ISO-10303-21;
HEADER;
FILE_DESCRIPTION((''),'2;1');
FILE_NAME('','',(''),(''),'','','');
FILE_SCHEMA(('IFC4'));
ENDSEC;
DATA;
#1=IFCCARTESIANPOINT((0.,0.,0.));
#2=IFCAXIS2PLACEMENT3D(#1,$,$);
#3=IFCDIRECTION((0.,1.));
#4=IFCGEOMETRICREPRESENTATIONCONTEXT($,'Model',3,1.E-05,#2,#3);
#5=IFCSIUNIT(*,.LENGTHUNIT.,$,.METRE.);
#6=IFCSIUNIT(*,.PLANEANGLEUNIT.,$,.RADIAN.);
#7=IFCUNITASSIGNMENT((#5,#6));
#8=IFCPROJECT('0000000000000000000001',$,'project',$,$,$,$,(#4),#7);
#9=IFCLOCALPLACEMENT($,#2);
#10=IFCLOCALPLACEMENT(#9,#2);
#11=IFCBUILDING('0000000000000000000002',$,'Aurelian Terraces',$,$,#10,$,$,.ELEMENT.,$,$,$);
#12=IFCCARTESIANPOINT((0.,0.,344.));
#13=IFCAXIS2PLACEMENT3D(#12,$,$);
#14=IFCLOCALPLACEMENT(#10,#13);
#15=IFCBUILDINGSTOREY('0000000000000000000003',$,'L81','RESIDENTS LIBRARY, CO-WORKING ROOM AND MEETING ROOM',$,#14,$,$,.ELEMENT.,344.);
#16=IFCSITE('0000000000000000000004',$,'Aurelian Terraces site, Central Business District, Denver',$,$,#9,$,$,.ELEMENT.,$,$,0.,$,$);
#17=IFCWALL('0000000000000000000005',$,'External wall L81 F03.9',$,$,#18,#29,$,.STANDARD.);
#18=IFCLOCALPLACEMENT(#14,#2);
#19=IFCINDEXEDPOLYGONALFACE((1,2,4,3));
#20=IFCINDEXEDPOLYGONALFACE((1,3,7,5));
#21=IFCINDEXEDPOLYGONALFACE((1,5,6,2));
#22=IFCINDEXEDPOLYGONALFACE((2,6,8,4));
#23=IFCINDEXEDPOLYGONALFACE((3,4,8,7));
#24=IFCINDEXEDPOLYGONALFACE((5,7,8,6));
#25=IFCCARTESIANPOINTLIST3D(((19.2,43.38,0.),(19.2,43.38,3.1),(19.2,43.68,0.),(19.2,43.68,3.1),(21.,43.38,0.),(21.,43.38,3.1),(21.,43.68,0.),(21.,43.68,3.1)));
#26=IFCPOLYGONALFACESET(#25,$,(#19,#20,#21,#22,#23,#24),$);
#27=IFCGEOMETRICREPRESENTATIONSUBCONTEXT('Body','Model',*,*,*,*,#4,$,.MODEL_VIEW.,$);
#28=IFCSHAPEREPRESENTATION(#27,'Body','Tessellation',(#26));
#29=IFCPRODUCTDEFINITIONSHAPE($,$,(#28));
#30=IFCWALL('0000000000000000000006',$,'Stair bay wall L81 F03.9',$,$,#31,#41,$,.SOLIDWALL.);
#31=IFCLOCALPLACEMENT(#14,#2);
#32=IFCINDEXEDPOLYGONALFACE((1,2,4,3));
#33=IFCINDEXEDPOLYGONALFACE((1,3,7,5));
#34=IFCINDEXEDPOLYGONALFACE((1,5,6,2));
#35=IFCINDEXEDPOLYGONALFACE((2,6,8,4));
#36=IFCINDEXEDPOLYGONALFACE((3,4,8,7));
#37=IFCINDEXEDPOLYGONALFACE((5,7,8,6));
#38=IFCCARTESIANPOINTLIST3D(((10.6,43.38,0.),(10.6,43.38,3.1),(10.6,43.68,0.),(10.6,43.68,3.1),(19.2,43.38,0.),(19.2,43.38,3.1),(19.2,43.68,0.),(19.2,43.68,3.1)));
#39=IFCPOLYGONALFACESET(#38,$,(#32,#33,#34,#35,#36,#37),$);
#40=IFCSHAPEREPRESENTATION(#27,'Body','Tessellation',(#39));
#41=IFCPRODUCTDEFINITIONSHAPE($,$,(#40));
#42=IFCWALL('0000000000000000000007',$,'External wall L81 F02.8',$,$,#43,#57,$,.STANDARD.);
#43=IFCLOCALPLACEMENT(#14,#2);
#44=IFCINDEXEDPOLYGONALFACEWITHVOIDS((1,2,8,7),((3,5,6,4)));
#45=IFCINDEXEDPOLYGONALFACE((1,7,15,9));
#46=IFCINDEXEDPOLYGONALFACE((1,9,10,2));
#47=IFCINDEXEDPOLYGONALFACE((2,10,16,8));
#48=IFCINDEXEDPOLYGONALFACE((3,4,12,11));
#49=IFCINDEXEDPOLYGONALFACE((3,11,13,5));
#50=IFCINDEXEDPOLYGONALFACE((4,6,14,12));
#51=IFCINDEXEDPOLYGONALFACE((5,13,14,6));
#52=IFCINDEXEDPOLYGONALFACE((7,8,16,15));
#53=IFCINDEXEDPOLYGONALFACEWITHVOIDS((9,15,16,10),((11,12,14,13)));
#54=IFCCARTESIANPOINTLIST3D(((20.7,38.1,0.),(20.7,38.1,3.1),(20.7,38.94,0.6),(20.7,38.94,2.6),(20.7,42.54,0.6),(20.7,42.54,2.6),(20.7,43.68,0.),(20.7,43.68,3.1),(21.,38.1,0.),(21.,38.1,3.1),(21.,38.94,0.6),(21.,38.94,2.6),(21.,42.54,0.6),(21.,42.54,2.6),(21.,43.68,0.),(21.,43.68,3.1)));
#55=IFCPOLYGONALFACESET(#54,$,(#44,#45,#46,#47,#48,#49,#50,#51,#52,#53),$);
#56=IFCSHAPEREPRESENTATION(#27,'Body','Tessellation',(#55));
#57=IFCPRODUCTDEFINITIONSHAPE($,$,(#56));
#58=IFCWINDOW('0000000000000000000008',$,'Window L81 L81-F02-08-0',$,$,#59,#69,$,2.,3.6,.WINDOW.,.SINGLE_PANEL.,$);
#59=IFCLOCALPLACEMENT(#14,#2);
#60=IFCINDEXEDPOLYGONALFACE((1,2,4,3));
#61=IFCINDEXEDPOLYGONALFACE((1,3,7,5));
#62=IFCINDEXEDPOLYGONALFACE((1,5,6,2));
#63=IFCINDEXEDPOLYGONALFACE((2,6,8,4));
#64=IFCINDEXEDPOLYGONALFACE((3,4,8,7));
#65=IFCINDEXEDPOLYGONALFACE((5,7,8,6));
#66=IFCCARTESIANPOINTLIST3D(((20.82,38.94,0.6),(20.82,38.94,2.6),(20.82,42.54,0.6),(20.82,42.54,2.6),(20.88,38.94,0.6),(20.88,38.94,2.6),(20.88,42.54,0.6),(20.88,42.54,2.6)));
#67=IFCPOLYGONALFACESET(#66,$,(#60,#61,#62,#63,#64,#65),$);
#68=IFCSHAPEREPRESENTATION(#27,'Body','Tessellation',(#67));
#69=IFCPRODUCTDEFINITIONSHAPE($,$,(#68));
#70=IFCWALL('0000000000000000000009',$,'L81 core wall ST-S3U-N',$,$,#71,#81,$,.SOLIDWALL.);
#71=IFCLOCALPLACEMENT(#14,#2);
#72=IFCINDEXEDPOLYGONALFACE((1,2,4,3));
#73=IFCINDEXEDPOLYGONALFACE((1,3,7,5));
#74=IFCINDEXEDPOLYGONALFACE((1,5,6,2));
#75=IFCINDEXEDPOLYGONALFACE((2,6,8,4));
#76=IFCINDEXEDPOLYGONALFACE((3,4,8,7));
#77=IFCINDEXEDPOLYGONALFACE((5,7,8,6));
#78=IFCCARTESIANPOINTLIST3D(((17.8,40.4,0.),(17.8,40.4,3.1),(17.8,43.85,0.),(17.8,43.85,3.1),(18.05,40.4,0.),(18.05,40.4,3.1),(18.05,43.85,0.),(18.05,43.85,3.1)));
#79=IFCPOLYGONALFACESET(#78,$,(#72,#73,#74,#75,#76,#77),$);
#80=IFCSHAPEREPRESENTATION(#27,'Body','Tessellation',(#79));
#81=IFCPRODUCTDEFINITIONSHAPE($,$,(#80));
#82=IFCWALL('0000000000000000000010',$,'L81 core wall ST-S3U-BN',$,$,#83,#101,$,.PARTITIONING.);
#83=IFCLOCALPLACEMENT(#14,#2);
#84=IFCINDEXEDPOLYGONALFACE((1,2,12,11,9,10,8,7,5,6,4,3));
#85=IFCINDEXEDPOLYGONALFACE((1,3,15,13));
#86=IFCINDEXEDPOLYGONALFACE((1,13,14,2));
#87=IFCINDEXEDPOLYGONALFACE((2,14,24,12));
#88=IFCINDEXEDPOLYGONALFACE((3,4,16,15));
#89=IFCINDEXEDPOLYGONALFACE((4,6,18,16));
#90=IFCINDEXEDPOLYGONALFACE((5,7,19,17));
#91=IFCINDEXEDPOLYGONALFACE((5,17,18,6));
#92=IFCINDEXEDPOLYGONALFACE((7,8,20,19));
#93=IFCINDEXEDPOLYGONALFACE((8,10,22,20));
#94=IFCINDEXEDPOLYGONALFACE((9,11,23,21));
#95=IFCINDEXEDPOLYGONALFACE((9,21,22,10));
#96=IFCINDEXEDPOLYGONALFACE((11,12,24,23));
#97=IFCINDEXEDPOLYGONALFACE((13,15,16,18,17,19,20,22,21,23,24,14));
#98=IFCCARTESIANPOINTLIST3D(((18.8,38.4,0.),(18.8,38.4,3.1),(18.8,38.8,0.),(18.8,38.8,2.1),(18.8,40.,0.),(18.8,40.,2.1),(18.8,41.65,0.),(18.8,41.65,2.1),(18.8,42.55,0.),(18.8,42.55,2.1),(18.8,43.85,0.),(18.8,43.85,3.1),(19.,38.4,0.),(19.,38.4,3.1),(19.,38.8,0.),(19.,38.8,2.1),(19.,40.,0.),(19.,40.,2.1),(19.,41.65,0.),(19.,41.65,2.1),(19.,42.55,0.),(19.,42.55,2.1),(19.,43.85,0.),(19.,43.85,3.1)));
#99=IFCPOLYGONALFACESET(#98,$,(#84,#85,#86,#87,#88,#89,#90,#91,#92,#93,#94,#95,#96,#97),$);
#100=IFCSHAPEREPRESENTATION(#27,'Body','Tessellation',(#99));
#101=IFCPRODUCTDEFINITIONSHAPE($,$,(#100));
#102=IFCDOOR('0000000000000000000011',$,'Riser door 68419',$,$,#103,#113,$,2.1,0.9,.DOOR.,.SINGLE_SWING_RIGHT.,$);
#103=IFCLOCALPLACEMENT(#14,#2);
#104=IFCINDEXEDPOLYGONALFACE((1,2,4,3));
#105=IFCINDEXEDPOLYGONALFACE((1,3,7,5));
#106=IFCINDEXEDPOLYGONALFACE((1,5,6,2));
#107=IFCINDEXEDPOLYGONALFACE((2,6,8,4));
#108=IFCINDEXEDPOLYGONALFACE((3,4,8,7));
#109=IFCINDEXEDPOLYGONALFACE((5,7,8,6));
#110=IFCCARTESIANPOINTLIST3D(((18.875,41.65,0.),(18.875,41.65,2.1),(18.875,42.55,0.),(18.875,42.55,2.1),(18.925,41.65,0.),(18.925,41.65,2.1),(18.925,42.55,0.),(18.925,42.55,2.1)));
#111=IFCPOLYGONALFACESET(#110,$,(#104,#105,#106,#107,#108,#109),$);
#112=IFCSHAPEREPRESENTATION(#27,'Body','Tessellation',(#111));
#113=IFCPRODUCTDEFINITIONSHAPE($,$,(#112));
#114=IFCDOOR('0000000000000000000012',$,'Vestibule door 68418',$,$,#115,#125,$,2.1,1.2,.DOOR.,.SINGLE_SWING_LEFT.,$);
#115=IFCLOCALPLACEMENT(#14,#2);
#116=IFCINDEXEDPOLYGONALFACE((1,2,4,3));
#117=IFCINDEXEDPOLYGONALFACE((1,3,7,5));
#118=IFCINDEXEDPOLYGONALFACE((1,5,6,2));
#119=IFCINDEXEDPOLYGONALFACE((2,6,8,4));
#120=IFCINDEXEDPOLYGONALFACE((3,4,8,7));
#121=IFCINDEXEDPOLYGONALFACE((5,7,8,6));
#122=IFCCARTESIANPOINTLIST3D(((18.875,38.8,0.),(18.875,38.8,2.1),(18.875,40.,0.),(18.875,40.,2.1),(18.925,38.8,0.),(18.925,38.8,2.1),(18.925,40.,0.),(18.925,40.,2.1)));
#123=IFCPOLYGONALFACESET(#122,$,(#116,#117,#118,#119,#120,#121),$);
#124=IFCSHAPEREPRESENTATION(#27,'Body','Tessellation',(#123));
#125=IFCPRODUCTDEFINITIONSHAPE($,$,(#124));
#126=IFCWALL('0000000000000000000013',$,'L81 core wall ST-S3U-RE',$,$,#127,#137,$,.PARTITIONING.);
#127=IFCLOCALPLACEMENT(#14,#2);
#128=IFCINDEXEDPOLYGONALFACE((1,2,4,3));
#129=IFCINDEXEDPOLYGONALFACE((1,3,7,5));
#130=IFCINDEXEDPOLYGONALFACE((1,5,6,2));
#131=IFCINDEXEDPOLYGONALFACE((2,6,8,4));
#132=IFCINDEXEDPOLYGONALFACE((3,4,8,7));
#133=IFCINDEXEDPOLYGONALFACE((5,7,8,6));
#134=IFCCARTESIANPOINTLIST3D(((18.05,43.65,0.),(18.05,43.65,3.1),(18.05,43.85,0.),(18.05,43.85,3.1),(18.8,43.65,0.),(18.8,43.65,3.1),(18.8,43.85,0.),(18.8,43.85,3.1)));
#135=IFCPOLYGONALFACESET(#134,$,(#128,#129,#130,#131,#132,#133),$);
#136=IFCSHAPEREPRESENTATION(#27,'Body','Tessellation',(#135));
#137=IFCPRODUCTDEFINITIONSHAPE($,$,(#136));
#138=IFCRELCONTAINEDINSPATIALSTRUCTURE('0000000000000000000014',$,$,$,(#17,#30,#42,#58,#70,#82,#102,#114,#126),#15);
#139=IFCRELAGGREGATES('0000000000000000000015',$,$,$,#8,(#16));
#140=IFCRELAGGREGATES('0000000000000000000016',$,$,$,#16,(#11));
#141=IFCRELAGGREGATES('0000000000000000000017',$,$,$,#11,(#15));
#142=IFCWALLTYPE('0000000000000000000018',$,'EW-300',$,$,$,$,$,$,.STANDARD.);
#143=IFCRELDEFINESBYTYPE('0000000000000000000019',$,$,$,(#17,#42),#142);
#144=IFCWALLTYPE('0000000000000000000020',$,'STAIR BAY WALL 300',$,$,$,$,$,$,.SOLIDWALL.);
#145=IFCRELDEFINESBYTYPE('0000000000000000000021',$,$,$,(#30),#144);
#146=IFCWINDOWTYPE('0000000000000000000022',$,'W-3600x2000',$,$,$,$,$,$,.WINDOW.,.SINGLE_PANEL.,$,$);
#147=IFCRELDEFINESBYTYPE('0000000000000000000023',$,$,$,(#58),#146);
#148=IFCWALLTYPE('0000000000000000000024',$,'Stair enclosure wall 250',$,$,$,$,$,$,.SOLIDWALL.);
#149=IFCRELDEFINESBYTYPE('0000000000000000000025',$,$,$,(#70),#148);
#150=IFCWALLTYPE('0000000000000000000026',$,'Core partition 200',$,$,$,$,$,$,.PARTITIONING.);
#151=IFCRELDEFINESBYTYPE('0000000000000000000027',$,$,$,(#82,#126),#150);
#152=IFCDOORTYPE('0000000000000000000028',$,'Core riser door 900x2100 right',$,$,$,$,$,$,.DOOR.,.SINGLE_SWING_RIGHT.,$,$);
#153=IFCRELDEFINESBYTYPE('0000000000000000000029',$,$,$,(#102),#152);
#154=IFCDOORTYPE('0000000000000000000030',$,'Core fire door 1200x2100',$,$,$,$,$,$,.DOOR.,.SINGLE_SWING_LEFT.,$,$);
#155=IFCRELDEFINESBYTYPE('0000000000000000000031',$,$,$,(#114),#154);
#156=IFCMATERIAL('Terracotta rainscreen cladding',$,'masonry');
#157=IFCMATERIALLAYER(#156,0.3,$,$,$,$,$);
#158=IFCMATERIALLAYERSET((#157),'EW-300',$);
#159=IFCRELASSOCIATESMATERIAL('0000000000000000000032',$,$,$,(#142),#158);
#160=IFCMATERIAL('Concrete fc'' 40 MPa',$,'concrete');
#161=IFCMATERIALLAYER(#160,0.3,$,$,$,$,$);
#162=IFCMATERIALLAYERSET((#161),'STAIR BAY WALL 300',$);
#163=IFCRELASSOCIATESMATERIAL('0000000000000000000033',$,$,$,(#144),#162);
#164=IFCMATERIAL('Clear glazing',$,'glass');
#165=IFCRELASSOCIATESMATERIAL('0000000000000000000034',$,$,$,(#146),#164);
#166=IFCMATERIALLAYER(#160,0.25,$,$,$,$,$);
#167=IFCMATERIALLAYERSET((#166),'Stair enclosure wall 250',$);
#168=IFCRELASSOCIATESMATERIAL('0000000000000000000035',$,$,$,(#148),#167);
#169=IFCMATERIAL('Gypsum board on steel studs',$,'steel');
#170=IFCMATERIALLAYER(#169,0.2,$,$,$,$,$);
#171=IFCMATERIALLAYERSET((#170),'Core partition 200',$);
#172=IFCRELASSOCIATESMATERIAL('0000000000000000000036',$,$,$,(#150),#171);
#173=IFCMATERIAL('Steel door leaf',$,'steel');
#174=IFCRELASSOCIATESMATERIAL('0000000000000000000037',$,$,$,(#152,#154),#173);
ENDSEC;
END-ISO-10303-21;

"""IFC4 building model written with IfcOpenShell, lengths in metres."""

from ifc_helpers import new_model, si_unit, direction, frame, frame_2d, origin, place, context, subcontext, project, spatial, rectangle, extrude, source, transform, mapped, material, layer, layer_set, type_object, element, fill, save


model = new_model("IFC4")

# Units and contexts
model_context = context("Model", 3, precision=1e-05, world=origin(), true_north=direction((0.0, 1.0)))
body_context = subcontext(model_context, "Body", "Model", "MODEL_VIEW")
ifc_project = project(units=[si_unit("LENGTHUNIT", "METRE"), si_unit("PLANEANGLEUNIT", "RADIAN")], contexts=[model_context])

# Site, building, storey
site_placement = place(None, origin())
site = spatial("IfcSite", under=ifc_project, at=site_placement, Name="Aurelian Terraces site, Central Business District, Denver", CompositionType="ELEMENT", RefElevation=0.0)
building_placement = place(site_placement, origin())
building = spatial("IfcBuilding", under=site, at=building_placement, Name="Aurelian Terraces", CompositionType="ELEMENT")
storey_placement = place(building_placement, frame((0.0, 0.0, 344.0)))
storey = spatial("IfcBuildingStorey", under=building, at=storey_placement, Name="L81", Description="RESIDENTS LIBRARY, CO-WORKING ROOM AND MEETING ROOM", CompositionType="ELEMENT", Elevation=344.0)

# Walls
ifc_material_1 = material(Name="Terracotta rainscreen cladding", Category="masonry")
ifc_layer_1 = layer(ifc_material_1, 0.3)
ifc_layer_set_1 = layer_set([ifc_layer_1], Name="EW-300")
wall_type_1 = type_object("IfcWallType", Name="EW-300", PredefinedType="STANDARD", material=ifc_layer_set_1)
shared_shape_1 = source(origin(), body_context, "Body", "SweptSolid", [
    extrude(rectangle(XDim=1.8, YDim=0.3, at=frame_2d((0.9, 0.0))), origin(), (0.0, 0.0, 1.0), 3.1),
])
wall_1_placement = place(storey_placement, frame((21.0, 43.53, 0.0), z_axis=(0.0, 0.0, 1.0), x_axis=(-1.0, 0.0, 0.0)))
element("IfcWall", 1, at=wall_1_placement, inside=storey, type_object=wall_type_1, Name="External wall L81 F03.9", PredefinedType="STANDARD", context=body_context, shape_type="MappedRepresentation", body=[
    mapped(shared_shape_1, transform((0.0, 0.0, 0.0), scale=1.0)),
])
ifc_material_2 = material(Name="Concrete fc' 40 MPa", Category="concrete")
ifc_layer_2 = layer(ifc_material_2, 0.3)
ifc_layer_set_2 = layer_set([ifc_layer_2], Name="STAIR BAY WALL 300")
wall_type_2 = type_object("IfcWallType", Name="STAIR BAY WALL 300", PredefinedType="SOLIDWALL", material=ifc_layer_set_2)
shared_shape_2 = source(origin(), body_context, "Body", "SweptSolid", [
    extrude(rectangle(XDim=8.6, YDim=0.3, at=frame_2d((4.3, 0.0))), origin(), (0.0, 0.0, 1.0), 3.1),
])
wall_2_placement = place(storey_placement, frame((19.2, 43.53, 0.0), z_axis=(0.0, 0.0, 1.0), x_axis=(-1.0, 0.0, 0.0)))
element("IfcWall", 2, at=wall_2_placement, inside=storey, type_object=wall_type_2, Name="Stair bay wall L81 F03.9", PredefinedType="SOLIDWALL", context=body_context, shape_type="MappedRepresentation", body=[
    mapped(shared_shape_2, transform((0.0, 0.0, 0.0), scale=1.0)),
])

# Wall, opening, window
shared_shape_3 = source(origin(), body_context, "Body", "SweptSolid", [
    extrude(rectangle(XDim=5.58, YDim=0.3, at=frame_2d((2.79, 0.0))), origin(), (0.0, 0.0, 1.0), 3.1),
])
wall_3_placement = place(storey_placement, frame((20.85, 38.1, 0.0), z_axis=(0.0, 0.0, 1.0), x_axis=(0.0, 1.0, 0.0)))
wall_3 = element("IfcWall", 3, at=wall_3_placement, inside=storey, type_object=wall_type_1, Name="External wall L81 F02.8", PredefinedType="STANDARD", context=body_context, shape_type="MappedRepresentation", body=[
    mapped(shared_shape_3, transform((0.0, 0.0, 0.0), scale=1.0)),
])
shared_shape_4 = source(origin(), body_context, "Body", "SweptSolid", [
    extrude(rectangle(XDim=3.6, YDim=2.0, at=frame_2d((1.8, 1.0))), frame((0.0, 0.16, 0.0), z_axis=(0.0, -1.0, 0.0), x_axis=(1.0, 0.0, 0.0)), (0.0, 0.0, 1.0), 0.32),
])
opening_1_placement = place(wall_3_placement, frame((0.84, 0.0, 0.6)))
opening_1 = element("IfcOpeningElement", 4, at=opening_1_placement, cuts=wall_3, PredefinedType="OPENING", context=body_context, shape_type="MappedRepresentation", body=[
    mapped(shared_shape_4, transform((0.0, 0.0, 0.0), scale=1.0)),
])
ifc_material_3 = material(Name="Clear glazing", Category="glass")
window_type = type_object("IfcWindowType", Name="W-3600x2000", PartitioningType="SINGLE_PANEL", PredefinedType="WINDOW", material=ifc_material_3)
shared_shape_5 = source(origin(), body_context, "Body", "SweptSolid", [
    extrude(rectangle(XDim=3.6, YDim=2.0, at=frame_2d((1.8, 1.0))), frame((0.0, 0.03, 0.0), z_axis=(0.0, -1.0, 0.0), x_axis=(1.0, 0.0, 0.0)), (0.0, 0.0, 1.0), 0.06),
])
window_placement = place(opening_1_placement, origin())
window = element("IfcWindow", 5, at=window_placement, inside=storey, type_object=window_type, Name="Window L81 L81-F02-08-0", OverallHeight=2.0, OverallWidth=3.6, PartitioningType="SINGLE_PANEL", PredefinedType="WINDOW", context=body_context, shape_type="MappedRepresentation", body=[
    mapped(shared_shape_5, transform((0.0, 0.0, 0.0), scale=1.0)),
])
fill(opening_1, window)

# Wall
ifc_layer_3 = layer(ifc_material_2, 0.25)
ifc_layer_set_3 = layer_set([ifc_layer_3], Name="Stair enclosure wall 250")
wall_type_3 = type_object("IfcWallType", Name="Stair enclosure wall 250", PredefinedType="SOLIDWALL", material=ifc_layer_set_3)
shared_shape_6 = source(origin(), body_context, "Body", "SweptSolid", [
    extrude(rectangle(XDim=3.45, YDim=0.25, at=frame_2d((1.725, 0.0))), origin(), (0.0, 0.0, 1.0), 3.1),
])
wall_4_placement = place(storey_placement, frame((17.925, 40.4, 0.0), z_axis=(0.0, 0.0, 1.0), x_axis=(0.0, 1.0, 0.0)))
element("IfcWall", 6, at=wall_4_placement, inside=storey, type_object=wall_type_3, Name="L81 core wall ST-S3U-N", PredefinedType="SOLIDWALL", context=body_context, shape_type="MappedRepresentation", body=[
    mapped(shared_shape_6, transform((0.0, 0.0, 0.0), scale=1.0)),
])

# Wall, openings, doors
ifc_material_4 = material(Name="Gypsum board on steel studs", Category="steel")
ifc_layer_4 = layer(ifc_material_4, 0.2)
ifc_layer_set_4 = layer_set([ifc_layer_4], Name="Core partition 200")
wall_type_4 = type_object("IfcWallType", Name="Core partition 200", PredefinedType="PARTITIONING", material=ifc_layer_set_4)
shared_shape_7 = source(origin(), body_context, "Body", "SweptSolid", [
    extrude(rectangle(XDim=5.45, YDim=0.2, at=frame_2d((2.725, 0.0))), origin(), (0.0, 0.0, 1.0), 3.1),
])
wall_5_placement = place(storey_placement, frame((18.9, 38.4, 0.0), z_axis=(0.0, 0.0, 1.0), x_axis=(0.0, 1.0, 0.0)))
wall_5 = element("IfcWall", 7, at=wall_5_placement, inside=storey, type_object=wall_type_4, Name="L81 core wall ST-S3U-BN", PredefinedType="PARTITIONING", context=body_context, shape_type="MappedRepresentation", body=[
    mapped(shared_shape_7, transform((0.0, 0.0, 0.0), scale=1.0)),
])
shared_shape_8 = source(origin(), body_context, "Body", "SweptSolid", [
    extrude(rectangle(XDim=1.2, YDim=2.1, at=frame_2d((0.6, 1.05))), frame((0.0, 0.11, 0.0), z_axis=(0.0, -1.0, 0.0), x_axis=(1.0, 0.0, 0.0)), (0.0, 0.0, 1.0), 0.22),
])
opening_2_placement = place(wall_5_placement, frame((0.4, 0.0, 0.0)))
opening_2 = element("IfcOpeningElement", 8, at=opening_2_placement, cuts=wall_5, PredefinedType="OPENING", context=body_context, shape_type="MappedRepresentation", body=[
    mapped(shared_shape_8, transform((0.0, 0.0, 0.0), scale=1.0)),
])
shared_shape_9 = source(origin(), body_context, "Body", "SweptSolid", [
    extrude(rectangle(XDim=0.9, YDim=2.1, at=frame_2d((0.45, 1.05))), frame((0.0, 0.11, 0.0), z_axis=(0.0, -1.0, 0.0), x_axis=(1.0, 0.0, 0.0)), (0.0, 0.0, 1.0), 0.22),
])
opening_3_placement = place(wall_5_placement, frame((3.25, 0.0, 0.0)))
opening_3 = element("IfcOpeningElement", 9, at=opening_3_placement, cuts=wall_5, PredefinedType="OPENING", context=body_context, shape_type="MappedRepresentation", body=[
    mapped(shared_shape_9, transform((0.0, 0.0, 0.0), scale=1.0)),
])
ifc_material_5 = material(Name="Steel door leaf", Category="steel")
door_type_1 = type_object("IfcDoorType", Name="Core riser door 900x2100 right", OperationType="SINGLE_SWING_RIGHT", PredefinedType="DOOR", material=ifc_material_5)
shared_shape_10 = source(origin(), body_context, "Body", "SweptSolid", [
    extrude(rectangle(XDim=0.9, YDim=2.1, at=frame_2d((0.45, 1.05))), frame((0.0, 0.025, 0.0), z_axis=(0.0, -1.0, 0.0), x_axis=(1.0, 0.0, 0.0)), (0.0, 0.0, 1.0), 0.05),
])
door_1_placement = place(opening_3_placement, origin())
door_1 = element("IfcDoor", 10, at=door_1_placement, inside=storey, type_object=door_type_1, Name="Riser door 68419", OperationType="SINGLE_SWING_RIGHT", OverallHeight=2.1, OverallWidth=0.9, PredefinedType="DOOR", context=body_context, shape_type="MappedRepresentation", body=[
    mapped(shared_shape_10, transform((0.0, 0.0, 0.0), scale=1.0)),
])
fill(opening_3, door_1)
door_type_2 = type_object("IfcDoorType", Name="Core fire door 1200x2100", OperationType="SINGLE_SWING_LEFT", PredefinedType="DOOR", material=ifc_material_5)
shared_shape_11 = source(origin(), body_context, "Body", "SweptSolid", [
    extrude(rectangle(XDim=1.2, YDim=2.1, at=frame_2d((0.6, 1.05))), frame((0.0, 0.025, 0.0), z_axis=(0.0, -1.0, 0.0), x_axis=(1.0, 0.0, 0.0)), (0.0, 0.0, 1.0), 0.05),
])
door_2_placement = place(opening_2_placement, origin())
door_2 = element("IfcDoor", 11, at=door_2_placement, inside=storey, type_object=door_type_2, Name="Vestibule door 68418", OperationType="SINGLE_SWING_LEFT", OverallHeight=2.1, OverallWidth=1.2, PredefinedType="DOOR", context=body_context, shape_type="MappedRepresentation", body=[
    mapped(shared_shape_11, transform((0.0, 0.0, 0.0), scale=1.0)),
])
fill(opening_2, door_2)

# Wall
shared_shape_12 = source(origin(), body_context, "Body", "SweptSolid", [
    extrude(rectangle(XDim=0.75, YDim=0.2, at=frame_2d((0.375, 0.0))), origin(), (0.0, 0.0, 1.0), 3.1),
])
wall_6_placement = place(storey_placement, frame((18.05, 43.75, 0.0), z_axis=(0.0, 0.0, 1.0), x_axis=(1.0, 0.0, 0.0)))
element("IfcWall", 12, at=wall_6_placement, inside=storey, type_object=wall_type_4, Name="L81 core wall ST-S3U-RE", PredefinedType="PARTITIONING", context=body_context, shape_type="MappedRepresentation", body=[
    mapped(shared_shape_12, transform((0.0, 0.0, 0.0), scale=1.0)),
])

save(model, "model.ifc")
